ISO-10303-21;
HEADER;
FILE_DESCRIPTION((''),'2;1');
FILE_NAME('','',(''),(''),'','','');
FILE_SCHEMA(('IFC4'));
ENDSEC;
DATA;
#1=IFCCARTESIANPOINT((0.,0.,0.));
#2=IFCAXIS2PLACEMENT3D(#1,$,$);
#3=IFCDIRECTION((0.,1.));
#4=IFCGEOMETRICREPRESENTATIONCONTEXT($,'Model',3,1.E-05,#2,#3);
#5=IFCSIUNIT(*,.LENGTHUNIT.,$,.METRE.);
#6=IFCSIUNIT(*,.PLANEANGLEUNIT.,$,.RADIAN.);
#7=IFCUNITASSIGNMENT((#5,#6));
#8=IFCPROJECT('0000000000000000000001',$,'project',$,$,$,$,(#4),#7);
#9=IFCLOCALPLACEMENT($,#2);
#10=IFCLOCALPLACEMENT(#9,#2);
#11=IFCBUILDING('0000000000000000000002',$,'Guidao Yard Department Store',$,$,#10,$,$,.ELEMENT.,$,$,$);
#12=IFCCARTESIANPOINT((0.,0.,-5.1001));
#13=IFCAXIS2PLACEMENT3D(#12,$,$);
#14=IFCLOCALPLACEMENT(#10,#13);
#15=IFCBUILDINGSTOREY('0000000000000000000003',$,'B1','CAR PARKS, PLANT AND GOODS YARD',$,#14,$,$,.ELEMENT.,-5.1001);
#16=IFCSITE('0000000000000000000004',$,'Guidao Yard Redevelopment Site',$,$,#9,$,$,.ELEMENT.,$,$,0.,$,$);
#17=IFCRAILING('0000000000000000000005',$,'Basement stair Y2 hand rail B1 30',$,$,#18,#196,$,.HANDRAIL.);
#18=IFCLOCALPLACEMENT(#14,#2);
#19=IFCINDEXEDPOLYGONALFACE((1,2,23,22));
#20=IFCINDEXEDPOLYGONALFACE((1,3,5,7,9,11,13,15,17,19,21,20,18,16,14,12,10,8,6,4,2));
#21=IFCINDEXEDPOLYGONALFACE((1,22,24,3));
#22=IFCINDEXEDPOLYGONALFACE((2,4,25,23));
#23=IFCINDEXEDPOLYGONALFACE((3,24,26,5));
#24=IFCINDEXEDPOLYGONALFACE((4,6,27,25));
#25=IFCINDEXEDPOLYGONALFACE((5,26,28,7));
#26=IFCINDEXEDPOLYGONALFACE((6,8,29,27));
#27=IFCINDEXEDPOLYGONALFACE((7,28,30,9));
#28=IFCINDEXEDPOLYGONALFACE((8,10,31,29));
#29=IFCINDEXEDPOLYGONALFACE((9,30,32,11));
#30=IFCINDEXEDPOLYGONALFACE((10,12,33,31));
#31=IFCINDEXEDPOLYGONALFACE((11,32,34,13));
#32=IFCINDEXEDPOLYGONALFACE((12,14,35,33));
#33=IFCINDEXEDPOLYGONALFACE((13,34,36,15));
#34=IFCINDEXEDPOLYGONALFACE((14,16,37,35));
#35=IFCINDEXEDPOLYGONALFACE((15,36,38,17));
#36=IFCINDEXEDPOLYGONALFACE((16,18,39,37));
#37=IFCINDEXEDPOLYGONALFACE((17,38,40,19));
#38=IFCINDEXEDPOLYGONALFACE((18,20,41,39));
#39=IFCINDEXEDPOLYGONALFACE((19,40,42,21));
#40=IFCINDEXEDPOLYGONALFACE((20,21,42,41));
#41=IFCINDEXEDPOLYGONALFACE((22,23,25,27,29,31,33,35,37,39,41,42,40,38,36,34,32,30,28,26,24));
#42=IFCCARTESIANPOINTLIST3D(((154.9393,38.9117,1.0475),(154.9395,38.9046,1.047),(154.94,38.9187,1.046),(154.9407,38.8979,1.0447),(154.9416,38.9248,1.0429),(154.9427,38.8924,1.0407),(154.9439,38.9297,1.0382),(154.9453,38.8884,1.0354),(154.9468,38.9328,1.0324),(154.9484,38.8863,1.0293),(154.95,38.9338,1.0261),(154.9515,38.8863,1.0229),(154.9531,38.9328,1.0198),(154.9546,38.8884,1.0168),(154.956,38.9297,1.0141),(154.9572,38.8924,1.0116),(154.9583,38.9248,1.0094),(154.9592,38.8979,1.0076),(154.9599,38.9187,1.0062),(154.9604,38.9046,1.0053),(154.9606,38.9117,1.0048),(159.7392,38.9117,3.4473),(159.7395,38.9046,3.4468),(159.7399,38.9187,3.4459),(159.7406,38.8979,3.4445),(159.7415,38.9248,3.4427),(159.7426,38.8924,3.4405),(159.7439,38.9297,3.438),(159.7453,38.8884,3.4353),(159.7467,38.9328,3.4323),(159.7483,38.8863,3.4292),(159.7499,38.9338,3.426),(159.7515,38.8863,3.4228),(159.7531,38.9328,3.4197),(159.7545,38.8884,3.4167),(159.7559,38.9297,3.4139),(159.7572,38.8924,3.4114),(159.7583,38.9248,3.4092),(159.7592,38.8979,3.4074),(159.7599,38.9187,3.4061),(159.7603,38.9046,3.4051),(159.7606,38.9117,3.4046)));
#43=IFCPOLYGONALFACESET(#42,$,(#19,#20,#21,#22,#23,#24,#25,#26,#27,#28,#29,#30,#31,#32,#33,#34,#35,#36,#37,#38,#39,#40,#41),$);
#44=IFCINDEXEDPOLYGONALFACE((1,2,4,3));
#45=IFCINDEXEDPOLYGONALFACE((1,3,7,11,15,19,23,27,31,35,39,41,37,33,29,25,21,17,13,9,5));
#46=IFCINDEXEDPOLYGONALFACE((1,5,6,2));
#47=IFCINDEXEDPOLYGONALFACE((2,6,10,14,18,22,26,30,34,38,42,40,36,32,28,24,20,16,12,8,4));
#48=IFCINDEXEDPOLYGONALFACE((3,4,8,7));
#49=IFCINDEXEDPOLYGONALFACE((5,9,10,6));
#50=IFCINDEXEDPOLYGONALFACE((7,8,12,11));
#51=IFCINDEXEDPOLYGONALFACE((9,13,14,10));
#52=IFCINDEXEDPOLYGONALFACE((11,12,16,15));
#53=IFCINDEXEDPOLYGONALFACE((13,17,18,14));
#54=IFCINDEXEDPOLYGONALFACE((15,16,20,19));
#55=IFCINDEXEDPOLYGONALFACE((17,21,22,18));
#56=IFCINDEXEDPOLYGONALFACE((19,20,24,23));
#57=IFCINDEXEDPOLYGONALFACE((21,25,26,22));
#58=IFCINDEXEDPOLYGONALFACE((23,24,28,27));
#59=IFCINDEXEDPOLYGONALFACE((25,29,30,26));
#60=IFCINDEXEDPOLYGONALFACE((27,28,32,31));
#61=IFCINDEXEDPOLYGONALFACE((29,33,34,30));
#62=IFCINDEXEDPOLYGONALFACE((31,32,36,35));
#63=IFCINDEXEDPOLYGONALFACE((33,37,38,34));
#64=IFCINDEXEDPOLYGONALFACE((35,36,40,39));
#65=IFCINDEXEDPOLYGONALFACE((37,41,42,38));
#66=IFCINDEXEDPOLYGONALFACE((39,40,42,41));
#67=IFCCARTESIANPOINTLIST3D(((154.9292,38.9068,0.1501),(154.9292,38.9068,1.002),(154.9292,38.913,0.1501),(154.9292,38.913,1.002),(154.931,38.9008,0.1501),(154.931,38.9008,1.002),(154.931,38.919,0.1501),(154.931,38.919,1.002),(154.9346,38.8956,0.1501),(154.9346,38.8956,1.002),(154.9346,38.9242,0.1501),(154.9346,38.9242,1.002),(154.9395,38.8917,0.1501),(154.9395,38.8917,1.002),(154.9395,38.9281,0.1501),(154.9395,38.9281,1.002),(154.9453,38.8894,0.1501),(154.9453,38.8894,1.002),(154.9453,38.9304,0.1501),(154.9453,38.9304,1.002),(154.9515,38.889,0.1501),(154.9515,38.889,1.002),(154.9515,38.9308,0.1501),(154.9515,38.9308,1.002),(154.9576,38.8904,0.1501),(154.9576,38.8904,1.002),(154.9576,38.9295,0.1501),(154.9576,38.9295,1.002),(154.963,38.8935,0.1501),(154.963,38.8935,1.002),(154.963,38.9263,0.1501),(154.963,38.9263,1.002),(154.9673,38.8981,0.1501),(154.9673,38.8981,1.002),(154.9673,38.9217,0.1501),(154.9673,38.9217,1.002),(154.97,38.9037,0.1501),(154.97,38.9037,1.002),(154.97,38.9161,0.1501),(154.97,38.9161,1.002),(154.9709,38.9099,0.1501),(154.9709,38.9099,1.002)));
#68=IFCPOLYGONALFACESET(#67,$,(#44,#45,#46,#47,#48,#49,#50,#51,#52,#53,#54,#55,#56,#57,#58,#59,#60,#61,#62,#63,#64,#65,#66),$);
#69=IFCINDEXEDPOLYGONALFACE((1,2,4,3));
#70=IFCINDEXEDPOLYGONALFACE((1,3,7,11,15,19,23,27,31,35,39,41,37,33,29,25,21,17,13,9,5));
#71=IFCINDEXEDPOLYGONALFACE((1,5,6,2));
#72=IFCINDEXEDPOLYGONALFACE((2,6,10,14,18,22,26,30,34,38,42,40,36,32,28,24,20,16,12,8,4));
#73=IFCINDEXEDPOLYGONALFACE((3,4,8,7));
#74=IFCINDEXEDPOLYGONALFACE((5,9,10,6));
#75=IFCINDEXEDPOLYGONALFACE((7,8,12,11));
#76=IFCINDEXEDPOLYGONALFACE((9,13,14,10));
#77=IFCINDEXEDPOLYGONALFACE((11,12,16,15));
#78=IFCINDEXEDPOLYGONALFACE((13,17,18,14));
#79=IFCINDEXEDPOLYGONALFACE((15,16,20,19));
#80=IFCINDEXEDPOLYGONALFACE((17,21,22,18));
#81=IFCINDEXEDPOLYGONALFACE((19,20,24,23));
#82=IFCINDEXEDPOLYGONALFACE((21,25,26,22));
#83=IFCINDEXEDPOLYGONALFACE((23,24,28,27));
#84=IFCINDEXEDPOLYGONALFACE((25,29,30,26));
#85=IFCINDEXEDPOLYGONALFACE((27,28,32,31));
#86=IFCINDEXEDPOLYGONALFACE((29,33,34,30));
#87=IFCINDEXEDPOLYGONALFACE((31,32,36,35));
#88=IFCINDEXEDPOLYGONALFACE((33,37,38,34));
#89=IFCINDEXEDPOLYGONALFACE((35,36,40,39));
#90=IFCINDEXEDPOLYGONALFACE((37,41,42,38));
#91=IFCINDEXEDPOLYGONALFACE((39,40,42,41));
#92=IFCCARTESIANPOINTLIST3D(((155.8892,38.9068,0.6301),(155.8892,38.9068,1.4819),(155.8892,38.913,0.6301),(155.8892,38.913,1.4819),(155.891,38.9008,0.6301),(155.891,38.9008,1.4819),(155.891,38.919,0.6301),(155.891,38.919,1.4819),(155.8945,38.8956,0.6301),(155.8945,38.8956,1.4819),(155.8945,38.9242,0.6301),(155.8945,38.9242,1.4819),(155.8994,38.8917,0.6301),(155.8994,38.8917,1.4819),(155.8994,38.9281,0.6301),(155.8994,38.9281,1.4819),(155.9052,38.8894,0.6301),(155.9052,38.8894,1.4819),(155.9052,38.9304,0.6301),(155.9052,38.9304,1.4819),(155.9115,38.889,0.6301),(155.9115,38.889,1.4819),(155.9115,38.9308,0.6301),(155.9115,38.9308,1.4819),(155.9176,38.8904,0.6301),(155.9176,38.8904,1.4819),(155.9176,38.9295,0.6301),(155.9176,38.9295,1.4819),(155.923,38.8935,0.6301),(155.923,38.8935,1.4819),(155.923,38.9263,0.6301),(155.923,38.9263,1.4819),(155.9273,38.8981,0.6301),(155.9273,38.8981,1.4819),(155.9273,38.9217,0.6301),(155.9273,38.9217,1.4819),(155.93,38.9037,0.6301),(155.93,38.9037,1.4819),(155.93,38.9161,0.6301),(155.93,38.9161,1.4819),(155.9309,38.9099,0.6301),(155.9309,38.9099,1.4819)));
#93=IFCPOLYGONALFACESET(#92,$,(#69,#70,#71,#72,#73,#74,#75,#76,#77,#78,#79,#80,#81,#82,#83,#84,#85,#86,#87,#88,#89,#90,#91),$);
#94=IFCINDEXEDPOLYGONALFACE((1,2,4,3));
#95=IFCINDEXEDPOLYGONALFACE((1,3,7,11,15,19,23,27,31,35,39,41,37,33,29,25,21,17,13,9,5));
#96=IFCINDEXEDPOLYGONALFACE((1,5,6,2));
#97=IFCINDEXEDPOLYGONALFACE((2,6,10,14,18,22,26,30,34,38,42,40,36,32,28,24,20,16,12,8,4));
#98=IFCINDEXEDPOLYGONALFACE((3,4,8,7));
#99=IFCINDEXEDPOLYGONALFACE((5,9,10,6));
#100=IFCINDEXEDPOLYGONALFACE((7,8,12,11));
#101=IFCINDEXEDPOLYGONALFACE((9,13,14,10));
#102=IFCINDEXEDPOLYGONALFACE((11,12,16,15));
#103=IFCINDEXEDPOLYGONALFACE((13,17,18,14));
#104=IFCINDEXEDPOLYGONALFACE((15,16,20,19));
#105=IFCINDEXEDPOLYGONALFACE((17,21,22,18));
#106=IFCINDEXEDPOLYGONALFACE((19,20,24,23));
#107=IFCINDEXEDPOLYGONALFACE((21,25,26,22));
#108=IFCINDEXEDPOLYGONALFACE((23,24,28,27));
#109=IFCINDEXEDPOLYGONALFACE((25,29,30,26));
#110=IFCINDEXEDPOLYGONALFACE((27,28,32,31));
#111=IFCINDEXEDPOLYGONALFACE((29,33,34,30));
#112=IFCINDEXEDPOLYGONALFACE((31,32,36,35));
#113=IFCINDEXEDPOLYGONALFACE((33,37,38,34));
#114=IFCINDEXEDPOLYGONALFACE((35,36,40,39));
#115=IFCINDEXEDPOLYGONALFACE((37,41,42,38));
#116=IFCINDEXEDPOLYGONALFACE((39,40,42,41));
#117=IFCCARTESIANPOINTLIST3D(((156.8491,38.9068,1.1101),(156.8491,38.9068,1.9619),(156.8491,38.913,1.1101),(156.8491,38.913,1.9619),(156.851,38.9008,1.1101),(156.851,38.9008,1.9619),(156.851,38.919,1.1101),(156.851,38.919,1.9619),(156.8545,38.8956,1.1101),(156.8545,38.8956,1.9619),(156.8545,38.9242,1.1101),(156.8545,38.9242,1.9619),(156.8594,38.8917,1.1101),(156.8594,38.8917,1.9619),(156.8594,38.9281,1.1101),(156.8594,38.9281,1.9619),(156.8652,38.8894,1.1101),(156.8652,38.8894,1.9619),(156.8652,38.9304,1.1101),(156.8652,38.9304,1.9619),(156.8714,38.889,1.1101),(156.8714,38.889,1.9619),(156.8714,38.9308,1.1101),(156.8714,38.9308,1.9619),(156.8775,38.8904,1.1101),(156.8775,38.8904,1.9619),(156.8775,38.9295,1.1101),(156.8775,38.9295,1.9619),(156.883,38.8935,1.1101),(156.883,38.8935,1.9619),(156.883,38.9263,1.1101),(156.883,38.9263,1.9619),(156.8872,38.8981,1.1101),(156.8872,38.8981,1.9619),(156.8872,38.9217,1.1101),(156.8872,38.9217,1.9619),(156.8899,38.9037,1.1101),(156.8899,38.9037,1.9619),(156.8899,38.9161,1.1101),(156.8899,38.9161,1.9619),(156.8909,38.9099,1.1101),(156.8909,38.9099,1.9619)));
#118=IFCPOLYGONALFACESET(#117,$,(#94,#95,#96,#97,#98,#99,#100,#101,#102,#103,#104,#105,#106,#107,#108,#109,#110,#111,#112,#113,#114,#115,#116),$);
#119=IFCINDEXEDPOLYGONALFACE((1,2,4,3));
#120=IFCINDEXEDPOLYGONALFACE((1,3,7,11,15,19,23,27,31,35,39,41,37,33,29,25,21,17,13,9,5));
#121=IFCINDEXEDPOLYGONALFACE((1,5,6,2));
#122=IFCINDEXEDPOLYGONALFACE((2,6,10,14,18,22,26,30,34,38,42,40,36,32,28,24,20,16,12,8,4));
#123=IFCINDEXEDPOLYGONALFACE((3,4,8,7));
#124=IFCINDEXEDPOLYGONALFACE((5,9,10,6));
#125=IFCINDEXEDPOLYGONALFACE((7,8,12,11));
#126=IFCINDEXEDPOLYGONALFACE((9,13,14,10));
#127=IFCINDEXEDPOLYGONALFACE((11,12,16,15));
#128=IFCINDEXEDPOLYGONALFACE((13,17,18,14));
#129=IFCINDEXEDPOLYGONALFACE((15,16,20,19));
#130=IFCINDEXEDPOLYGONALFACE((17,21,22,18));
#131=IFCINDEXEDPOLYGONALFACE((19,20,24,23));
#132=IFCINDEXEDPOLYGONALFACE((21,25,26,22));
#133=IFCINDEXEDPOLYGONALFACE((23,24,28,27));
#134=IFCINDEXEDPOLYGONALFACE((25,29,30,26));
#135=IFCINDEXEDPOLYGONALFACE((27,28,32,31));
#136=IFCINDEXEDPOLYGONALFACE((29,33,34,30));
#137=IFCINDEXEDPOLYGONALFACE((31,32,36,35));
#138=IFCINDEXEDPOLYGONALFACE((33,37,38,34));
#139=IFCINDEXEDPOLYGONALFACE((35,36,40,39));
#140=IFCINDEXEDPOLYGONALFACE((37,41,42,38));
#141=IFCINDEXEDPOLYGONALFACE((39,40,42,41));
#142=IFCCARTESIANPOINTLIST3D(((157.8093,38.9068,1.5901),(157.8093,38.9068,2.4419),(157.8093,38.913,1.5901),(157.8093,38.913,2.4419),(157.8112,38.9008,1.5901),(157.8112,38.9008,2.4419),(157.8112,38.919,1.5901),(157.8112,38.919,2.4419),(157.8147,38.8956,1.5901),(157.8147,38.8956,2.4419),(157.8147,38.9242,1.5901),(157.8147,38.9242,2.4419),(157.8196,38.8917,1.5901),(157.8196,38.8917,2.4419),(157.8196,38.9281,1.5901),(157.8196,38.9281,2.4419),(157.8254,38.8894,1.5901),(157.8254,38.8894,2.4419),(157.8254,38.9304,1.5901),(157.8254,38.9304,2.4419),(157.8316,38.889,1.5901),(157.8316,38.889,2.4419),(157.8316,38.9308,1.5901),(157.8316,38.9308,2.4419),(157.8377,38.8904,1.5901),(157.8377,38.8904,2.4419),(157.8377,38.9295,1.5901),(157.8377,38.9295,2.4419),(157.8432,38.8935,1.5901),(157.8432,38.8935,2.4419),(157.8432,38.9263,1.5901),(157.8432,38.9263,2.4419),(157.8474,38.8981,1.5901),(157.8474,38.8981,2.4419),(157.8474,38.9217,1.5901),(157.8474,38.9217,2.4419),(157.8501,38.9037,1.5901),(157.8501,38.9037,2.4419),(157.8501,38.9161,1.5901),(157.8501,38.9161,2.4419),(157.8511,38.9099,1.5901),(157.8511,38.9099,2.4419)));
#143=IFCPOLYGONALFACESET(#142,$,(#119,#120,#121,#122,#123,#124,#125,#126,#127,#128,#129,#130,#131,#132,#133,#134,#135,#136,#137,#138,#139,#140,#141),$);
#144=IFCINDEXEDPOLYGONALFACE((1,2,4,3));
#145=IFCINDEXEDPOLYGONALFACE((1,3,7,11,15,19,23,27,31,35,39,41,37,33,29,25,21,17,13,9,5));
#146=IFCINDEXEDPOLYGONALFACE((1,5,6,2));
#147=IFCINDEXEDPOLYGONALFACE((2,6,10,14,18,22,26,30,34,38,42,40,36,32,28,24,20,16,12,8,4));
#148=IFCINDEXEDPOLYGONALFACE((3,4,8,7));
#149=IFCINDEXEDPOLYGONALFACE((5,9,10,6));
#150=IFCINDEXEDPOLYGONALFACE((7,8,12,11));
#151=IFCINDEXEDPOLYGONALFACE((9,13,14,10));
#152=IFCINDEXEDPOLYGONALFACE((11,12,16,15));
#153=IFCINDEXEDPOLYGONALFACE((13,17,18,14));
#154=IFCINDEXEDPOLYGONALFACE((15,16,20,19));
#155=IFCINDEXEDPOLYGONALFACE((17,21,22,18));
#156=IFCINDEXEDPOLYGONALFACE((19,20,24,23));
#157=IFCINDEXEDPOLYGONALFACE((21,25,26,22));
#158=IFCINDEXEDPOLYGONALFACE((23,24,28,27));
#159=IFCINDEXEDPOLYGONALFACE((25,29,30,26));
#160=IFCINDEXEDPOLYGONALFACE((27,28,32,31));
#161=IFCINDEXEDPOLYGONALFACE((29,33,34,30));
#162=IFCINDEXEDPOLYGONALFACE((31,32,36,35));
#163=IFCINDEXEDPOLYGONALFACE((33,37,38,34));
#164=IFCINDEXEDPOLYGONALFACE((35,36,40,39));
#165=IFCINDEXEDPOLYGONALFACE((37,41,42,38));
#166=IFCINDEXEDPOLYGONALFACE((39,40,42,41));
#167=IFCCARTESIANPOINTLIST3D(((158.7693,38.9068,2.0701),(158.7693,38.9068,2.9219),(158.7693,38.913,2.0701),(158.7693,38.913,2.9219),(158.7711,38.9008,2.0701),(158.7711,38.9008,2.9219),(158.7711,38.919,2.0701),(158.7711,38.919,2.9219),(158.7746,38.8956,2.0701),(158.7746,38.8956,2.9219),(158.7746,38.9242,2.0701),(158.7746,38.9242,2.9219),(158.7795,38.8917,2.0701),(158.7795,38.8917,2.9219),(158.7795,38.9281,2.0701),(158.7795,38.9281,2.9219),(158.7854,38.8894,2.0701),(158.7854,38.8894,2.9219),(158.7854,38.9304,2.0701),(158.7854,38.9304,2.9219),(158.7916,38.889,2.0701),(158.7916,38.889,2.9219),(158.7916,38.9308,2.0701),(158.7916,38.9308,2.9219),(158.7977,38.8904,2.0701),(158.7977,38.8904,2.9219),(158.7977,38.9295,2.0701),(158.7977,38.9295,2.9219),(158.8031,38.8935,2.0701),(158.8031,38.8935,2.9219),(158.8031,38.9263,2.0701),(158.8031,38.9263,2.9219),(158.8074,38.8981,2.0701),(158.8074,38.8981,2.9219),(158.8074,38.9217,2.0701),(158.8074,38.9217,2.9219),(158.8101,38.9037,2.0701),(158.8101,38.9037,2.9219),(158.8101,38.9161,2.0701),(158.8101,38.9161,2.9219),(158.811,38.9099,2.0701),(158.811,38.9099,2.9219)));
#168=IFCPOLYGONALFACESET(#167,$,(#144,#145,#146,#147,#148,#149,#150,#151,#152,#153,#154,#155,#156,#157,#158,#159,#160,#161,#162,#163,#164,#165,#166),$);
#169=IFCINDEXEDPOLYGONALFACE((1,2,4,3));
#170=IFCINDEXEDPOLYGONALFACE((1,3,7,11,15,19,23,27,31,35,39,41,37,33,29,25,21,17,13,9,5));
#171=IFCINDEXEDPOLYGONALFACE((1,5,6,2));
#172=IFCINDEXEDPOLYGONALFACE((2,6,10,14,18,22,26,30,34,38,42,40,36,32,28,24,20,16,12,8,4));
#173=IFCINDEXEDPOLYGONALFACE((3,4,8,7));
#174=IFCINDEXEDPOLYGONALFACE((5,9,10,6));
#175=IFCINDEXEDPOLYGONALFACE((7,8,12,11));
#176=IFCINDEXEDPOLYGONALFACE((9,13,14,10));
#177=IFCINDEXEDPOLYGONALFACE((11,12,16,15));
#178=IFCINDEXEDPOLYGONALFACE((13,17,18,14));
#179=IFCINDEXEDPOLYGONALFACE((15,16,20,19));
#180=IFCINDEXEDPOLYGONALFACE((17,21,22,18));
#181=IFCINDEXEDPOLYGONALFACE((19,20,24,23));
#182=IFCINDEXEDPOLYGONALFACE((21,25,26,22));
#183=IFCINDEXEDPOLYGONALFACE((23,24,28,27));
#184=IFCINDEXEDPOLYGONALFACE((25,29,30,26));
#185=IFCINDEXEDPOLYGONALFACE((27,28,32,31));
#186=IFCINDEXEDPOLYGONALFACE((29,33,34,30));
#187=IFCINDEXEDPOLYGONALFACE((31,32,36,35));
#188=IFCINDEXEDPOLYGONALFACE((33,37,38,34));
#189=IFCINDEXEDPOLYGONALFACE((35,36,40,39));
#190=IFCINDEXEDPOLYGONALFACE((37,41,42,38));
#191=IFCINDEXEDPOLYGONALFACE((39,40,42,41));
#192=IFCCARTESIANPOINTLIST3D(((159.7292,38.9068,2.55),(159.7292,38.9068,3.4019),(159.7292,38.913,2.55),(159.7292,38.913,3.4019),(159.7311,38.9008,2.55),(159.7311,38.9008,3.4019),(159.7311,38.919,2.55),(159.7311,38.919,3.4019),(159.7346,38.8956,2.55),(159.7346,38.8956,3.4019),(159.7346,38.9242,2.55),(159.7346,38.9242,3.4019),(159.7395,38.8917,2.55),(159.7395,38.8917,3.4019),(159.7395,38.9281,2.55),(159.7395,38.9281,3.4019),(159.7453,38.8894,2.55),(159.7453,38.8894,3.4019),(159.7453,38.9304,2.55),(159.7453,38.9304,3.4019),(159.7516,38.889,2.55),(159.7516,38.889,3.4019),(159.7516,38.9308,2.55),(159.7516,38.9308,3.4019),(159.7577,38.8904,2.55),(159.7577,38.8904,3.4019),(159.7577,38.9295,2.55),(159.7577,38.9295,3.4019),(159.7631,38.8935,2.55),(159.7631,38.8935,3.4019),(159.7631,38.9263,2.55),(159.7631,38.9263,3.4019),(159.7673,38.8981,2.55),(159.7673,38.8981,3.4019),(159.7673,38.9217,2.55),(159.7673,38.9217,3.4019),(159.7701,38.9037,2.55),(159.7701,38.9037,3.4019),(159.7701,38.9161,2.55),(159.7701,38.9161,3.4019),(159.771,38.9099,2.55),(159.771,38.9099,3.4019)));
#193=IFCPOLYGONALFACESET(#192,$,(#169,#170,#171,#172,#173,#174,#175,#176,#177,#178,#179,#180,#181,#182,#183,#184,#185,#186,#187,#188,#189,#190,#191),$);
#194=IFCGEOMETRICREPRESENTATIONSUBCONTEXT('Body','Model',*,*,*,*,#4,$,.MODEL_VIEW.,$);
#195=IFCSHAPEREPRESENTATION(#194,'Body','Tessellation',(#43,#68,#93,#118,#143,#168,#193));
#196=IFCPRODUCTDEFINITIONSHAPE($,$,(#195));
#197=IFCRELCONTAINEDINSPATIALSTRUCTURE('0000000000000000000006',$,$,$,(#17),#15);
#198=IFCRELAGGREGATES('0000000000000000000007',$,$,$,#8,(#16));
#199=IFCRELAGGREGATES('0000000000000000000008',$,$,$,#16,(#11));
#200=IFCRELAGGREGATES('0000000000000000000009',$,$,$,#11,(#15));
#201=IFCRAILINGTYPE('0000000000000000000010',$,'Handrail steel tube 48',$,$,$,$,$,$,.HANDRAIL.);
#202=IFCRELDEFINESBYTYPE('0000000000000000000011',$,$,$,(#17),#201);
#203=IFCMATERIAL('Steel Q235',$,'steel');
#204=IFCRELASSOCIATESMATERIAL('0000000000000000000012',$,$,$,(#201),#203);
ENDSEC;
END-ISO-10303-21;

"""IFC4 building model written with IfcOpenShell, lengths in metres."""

from ifc_helpers import new_model, si_unit, direction, frame, origin, origin_2d, place, context, subcontext, project, spatial, circle, extrude, material, type_object, element, save


model = new_model("IFC4")

# Units and contexts
model_context = context("Model", 3, precision=1e-05, world=origin(), true_north=direction((0.0, 1.0)))
body_context = subcontext(model_context, "Body", "Model", "MODEL_VIEW")
ifc_project = project(units=[si_unit("LENGTHUNIT", "METRE"), si_unit("PLANEANGLEUNIT", "RADIAN")], contexts=[model_context])

# Site, building, storey
site_placement = place(None, origin())
site = spatial("IfcSite", under=ifc_project, at=site_placement, Name="Guidao Yard Redevelopment Site", CompositionType="ELEMENT", RefElevation=0.0)
building_placement = place(site_placement, origin())
building = spatial("IfcBuilding", under=site, at=building_placement, Name="Guidao Yard Department Store", CompositionType="ELEMENT")
storey_placement = place(building_placement, frame((0.0, 0.0, -5.1001)))
storey = spatial("IfcBuildingStorey", under=building, at=storey_placement, Name="B1", Description="CAR PARKS, PLANT AND GOODS YARD", CompositionType="ELEMENT", Elevation=-5.1001)

# Railing
ifc_material_1 = material(Name="Steel Q235", Category="steel")
railing_type = type_object("IfcRailingType", Name="Handrail steel tube 48", PredefinedType="HANDRAIL", material=ifc_material_1)
for number, where, name in (
    (1, (154.95, 38.9099, 0.1501), "Basement stair Y2 hand rail B1 30"),
):
    element("IfcRailing", number, at=place(storey_placement, frame(where)), inside=storey, type_object=railing_type, Name=name, PredefinedType="HANDRAIL", context=body_context, shape_type="SweptSolid", body=[
        extrude(circle(Radius=0.0239, at=origin_2d()), frame((0.0, 0.0, 0.876), z_axis=(0.894436, 0.0, 0.447195), x_axis=(0.0, 1.0, 0.0)), (0.0, 0.0, 1.0), 5.3665),
        extrude(circle(Radius=0.021, at=origin_2d()), origin(), (0.0, 0.0, 1.0), 0.8518),
        extrude(circle(Radius=0.021, at=origin_2d()), frame((0.96, 0.0, 0.48)), (0.0, 0.0, 1.0), 0.8518),
        extrude(circle(Radius=0.021, at=origin_2d()), frame((1.9199, 0.0, 0.96)), (0.0, 0.0, 1.0), 0.8518),
        extrude(circle(Radius=0.021, at=origin_2d()), frame((2.8801, 0.0, 1.4399)), (0.0, 0.0, 1.0), 0.8518),
        extrude(circle(Radius=0.021, at=origin_2d()), frame((3.8401, 0.0, 1.9199)), (0.0, 0.0, 1.0), 0.8518),
        extrude(circle(Radius=0.021, at=origin_2d()), frame((4.8, 0.0, 2.3999)), (0.0, 0.0, 1.0), 0.8518),
    ])

save(model, "model.ifc")
